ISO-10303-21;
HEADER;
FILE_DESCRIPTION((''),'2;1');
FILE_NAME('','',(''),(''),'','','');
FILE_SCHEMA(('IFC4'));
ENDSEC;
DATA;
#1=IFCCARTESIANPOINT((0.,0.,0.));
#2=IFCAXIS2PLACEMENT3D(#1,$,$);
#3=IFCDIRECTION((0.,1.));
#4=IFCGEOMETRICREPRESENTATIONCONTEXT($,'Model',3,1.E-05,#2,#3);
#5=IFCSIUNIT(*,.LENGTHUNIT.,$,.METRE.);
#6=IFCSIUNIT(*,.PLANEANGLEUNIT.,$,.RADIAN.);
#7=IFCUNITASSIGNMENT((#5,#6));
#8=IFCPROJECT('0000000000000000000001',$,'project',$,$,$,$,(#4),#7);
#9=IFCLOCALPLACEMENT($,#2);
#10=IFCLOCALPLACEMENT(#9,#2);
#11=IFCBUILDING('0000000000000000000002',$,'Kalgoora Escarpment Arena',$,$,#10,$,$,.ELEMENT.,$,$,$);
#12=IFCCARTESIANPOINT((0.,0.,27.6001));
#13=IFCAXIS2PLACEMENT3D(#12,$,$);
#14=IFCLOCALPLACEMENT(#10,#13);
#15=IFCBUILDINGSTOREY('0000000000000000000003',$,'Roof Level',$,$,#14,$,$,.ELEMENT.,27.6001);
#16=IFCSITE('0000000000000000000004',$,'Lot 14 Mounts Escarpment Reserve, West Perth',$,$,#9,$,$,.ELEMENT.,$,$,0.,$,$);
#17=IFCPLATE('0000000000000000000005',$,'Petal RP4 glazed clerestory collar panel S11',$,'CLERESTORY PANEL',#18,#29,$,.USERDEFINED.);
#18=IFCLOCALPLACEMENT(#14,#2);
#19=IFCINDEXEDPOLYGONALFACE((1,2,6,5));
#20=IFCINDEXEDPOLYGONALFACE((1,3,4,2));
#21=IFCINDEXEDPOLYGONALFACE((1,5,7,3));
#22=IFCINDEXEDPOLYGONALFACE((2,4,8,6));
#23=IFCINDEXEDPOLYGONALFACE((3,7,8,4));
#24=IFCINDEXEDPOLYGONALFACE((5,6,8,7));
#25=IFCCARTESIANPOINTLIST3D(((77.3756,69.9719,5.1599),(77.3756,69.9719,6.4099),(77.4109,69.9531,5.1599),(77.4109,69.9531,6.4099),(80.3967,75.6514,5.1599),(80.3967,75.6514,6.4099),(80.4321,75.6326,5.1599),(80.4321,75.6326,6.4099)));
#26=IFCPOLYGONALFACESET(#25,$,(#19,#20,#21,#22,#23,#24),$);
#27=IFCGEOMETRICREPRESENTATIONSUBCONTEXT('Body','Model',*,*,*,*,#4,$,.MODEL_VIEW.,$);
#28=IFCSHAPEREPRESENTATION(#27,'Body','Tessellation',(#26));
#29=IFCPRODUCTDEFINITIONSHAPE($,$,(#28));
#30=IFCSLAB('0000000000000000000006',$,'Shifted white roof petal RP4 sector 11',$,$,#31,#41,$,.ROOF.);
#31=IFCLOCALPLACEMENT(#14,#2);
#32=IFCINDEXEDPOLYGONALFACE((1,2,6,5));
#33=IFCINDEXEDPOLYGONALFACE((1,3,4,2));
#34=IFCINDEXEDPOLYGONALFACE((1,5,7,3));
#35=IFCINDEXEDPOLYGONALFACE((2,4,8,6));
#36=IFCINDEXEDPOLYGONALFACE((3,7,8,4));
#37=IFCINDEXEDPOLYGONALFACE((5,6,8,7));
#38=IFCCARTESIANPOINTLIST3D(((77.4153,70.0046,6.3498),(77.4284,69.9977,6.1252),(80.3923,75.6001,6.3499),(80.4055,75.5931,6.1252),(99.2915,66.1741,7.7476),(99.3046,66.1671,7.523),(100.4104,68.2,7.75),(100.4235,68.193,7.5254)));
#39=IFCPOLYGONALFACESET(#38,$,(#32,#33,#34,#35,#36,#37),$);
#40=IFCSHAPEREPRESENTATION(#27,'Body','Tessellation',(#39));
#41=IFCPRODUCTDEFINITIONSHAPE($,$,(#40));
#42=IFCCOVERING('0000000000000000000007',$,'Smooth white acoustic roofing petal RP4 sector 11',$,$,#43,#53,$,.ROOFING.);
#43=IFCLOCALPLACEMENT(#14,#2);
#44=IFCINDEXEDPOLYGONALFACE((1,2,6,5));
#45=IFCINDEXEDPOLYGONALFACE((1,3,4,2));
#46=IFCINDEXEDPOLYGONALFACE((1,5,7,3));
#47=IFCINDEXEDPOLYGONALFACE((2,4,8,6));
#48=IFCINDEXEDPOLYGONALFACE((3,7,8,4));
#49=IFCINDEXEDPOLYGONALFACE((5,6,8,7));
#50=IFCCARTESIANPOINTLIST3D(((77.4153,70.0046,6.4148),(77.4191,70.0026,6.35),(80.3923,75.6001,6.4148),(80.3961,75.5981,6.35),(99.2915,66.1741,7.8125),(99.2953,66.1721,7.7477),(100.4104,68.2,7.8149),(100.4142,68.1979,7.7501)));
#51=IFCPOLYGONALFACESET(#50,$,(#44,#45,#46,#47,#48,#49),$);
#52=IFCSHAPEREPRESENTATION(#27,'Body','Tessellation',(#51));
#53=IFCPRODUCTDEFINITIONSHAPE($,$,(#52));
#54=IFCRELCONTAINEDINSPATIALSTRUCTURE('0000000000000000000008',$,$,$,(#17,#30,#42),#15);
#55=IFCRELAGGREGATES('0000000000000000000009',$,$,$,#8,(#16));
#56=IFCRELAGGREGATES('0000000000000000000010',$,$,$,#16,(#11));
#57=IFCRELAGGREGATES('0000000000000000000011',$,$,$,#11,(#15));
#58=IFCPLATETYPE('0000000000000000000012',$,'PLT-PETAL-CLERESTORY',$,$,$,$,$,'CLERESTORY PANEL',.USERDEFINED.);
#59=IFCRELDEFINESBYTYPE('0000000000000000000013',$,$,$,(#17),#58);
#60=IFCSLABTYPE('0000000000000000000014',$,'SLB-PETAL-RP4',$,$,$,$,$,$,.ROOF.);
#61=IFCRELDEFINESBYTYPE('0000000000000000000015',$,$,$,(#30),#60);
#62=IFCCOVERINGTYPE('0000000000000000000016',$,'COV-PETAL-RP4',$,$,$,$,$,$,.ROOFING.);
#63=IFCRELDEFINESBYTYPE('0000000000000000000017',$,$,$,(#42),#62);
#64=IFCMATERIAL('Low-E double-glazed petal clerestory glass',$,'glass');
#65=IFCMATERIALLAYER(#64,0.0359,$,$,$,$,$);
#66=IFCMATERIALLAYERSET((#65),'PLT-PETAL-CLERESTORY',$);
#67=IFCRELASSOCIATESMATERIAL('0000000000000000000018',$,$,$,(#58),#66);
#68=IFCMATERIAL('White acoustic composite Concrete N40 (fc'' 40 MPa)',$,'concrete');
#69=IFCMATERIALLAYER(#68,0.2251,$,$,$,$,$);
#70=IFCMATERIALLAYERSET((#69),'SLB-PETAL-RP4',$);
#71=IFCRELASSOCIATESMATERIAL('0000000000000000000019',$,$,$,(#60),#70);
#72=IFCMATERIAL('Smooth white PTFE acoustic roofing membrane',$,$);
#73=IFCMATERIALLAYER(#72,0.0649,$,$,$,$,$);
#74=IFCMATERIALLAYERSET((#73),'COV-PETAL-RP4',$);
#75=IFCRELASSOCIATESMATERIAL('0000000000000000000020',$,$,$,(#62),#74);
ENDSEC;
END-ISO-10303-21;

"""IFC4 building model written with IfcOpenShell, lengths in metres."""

from ifc_helpers import new_model, si_unit, direction, frame, origin, origin_2d, place, context, subcontext, project, spatial, polyline, rectangle, outline, extrude, material, layer, layer_set, type_object, element, save


model = new_model("IFC4")

# Units and contexts
model_context = context("Model", 3, precision=1e-05, world=origin(), true_north=direction((0.0, 1.0)))
body_context = subcontext(model_context, "Body", "Model", "MODEL_VIEW")
ifc_project = project(units=[si_unit("LENGTHUNIT", "METRE"), si_unit("PLANEANGLEUNIT", "RADIAN")], contexts=[model_context])

# Site, building, storey
site_placement = place(None, origin())
site = spatial("IfcSite", under=ifc_project, at=site_placement, Name="Lot 14 Mounts Escarpment Reserve, West Perth", CompositionType="ELEMENT", RefElevation=0.0)
building_placement = place(site_placement, origin())
building = spatial("IfcBuilding", under=site, at=building_placement, Name="Kalgoora Escarpment Arena", CompositionType="ELEMENT")
storey_placement = place(building_placement, frame((0.0, 0.0, 27.6001)))
storey = spatial("IfcBuildingStorey", under=building, at=storey_placement, Name="Roof Level", CompositionType="ELEMENT", Elevation=27.6001)

# Plate
ifc_material_1 = material(Name="Low-E double-glazed petal clerestory glass", Category="glass")
ifc_layer_1 = layer(ifc_material_1, 0.0359)
ifc_layer_set_1 = layer_set([ifc_layer_1], Name="PLT-PETAL-CLERESTORY")
plate_type_1 = type_object("IfcPlateType", Name="PLT-PETAL-CLERESTORY", ElementType="CLERESTORY PANEL", PredefinedType="USERDEFINED", material=ifc_layer_set_1)
plate_1_placement = place(storey_placement, frame((78.9038, 72.8022, 5.1599), z_axis=(0.0, 0.0, 1.0), x_axis=(-0.469626, -0.882866, 0.0)))
element("IfcPlate", 1, at=plate_1_placement, inside=storey, type_object=plate_type_1, Name="Petal RP4 glazed clerestory collar panel S11", ObjectType="CLERESTORY PANEL", PredefinedType="USERDEFINED", context=body_context, shape_type="SweptSolid", body=[
    extrude(rectangle(XDim=6.4331, YDim=0.04, at=origin_2d()), origin(), (0.0, 0.0, 1.0), 1.25),
])

# Slab
ifc_material_2 = material(Name="White acoustic composite Concrete N40 (fc' 40 MPa)", Category="concrete")
ifc_layer_2 = layer(ifc_material_2, 0.2251)
ifc_layer_set_2 = layer_set([ifc_layer_2], Name="SLB-PETAL-RP4")
slab_type = type_object("IfcSlabType", Name="SLB-PETAL-RP4", PredefinedType="ROOF", material=ifc_layer_set_2)
slab_placement = place(storey_placement, frame((80.3923, 75.6001, 6.3499), z_axis=(-0.058321, 0.031024, 0.997816), x_axis=(-0.469704, -0.882824, -0.000005)))
element("IfcSlab", 2, at=slab_placement, inside=storey, type_object=slab_type, Name="Shifted white roof petal RP4 sector 11", PredefinedType="ROOF", context=body_context, shape_type="SweptSolid", body=[
    extrude(outline(polyline([(0.0, 0.0), (6.3381, 0.0), (-0.5555, 21.1583), (-2.8695, 21.1946), (0.0, 0.0)])), origin(), (0.0, 0.0, -1.0), 0.2251),
])

# Covering
ifc_material_3 = material(Name="Smooth white PTFE acoustic roofing membrane")
ifc_layer_3 = layer(ifc_material_3, 0.0649)
ifc_layer_set_3 = layer_set([ifc_layer_3], Name="COV-PETAL-RP4")
covering_type = type_object("IfcCoveringType", Name="COV-PETAL-RP4", PredefinedType="ROOFING", material=ifc_layer_set_3)
covering_placement = place(storey_placement, frame((80.3923, 75.6001, 6.4148), z_axis=(-0.058321, 0.031024, 0.997816), x_axis=(-0.469704, -0.882824, -0.000005)))
element("IfcCovering", 3, at=covering_placement, inside=storey, type_object=covering_type, Name="Smooth white acoustic roofing petal RP4 sector 11", PredefinedType="ROOFING", context=body_context, shape_type="SweptSolid", body=[
    extrude(outline(polyline([(0.0, 0.0), (6.3381, 0.0), (-0.5555, 21.1583), (-2.8695, 21.1946), (0.0, 0.0)])), origin(), (0.0, 0.0, -1.0), 0.0649),
])

save(model, "model.ifc")
